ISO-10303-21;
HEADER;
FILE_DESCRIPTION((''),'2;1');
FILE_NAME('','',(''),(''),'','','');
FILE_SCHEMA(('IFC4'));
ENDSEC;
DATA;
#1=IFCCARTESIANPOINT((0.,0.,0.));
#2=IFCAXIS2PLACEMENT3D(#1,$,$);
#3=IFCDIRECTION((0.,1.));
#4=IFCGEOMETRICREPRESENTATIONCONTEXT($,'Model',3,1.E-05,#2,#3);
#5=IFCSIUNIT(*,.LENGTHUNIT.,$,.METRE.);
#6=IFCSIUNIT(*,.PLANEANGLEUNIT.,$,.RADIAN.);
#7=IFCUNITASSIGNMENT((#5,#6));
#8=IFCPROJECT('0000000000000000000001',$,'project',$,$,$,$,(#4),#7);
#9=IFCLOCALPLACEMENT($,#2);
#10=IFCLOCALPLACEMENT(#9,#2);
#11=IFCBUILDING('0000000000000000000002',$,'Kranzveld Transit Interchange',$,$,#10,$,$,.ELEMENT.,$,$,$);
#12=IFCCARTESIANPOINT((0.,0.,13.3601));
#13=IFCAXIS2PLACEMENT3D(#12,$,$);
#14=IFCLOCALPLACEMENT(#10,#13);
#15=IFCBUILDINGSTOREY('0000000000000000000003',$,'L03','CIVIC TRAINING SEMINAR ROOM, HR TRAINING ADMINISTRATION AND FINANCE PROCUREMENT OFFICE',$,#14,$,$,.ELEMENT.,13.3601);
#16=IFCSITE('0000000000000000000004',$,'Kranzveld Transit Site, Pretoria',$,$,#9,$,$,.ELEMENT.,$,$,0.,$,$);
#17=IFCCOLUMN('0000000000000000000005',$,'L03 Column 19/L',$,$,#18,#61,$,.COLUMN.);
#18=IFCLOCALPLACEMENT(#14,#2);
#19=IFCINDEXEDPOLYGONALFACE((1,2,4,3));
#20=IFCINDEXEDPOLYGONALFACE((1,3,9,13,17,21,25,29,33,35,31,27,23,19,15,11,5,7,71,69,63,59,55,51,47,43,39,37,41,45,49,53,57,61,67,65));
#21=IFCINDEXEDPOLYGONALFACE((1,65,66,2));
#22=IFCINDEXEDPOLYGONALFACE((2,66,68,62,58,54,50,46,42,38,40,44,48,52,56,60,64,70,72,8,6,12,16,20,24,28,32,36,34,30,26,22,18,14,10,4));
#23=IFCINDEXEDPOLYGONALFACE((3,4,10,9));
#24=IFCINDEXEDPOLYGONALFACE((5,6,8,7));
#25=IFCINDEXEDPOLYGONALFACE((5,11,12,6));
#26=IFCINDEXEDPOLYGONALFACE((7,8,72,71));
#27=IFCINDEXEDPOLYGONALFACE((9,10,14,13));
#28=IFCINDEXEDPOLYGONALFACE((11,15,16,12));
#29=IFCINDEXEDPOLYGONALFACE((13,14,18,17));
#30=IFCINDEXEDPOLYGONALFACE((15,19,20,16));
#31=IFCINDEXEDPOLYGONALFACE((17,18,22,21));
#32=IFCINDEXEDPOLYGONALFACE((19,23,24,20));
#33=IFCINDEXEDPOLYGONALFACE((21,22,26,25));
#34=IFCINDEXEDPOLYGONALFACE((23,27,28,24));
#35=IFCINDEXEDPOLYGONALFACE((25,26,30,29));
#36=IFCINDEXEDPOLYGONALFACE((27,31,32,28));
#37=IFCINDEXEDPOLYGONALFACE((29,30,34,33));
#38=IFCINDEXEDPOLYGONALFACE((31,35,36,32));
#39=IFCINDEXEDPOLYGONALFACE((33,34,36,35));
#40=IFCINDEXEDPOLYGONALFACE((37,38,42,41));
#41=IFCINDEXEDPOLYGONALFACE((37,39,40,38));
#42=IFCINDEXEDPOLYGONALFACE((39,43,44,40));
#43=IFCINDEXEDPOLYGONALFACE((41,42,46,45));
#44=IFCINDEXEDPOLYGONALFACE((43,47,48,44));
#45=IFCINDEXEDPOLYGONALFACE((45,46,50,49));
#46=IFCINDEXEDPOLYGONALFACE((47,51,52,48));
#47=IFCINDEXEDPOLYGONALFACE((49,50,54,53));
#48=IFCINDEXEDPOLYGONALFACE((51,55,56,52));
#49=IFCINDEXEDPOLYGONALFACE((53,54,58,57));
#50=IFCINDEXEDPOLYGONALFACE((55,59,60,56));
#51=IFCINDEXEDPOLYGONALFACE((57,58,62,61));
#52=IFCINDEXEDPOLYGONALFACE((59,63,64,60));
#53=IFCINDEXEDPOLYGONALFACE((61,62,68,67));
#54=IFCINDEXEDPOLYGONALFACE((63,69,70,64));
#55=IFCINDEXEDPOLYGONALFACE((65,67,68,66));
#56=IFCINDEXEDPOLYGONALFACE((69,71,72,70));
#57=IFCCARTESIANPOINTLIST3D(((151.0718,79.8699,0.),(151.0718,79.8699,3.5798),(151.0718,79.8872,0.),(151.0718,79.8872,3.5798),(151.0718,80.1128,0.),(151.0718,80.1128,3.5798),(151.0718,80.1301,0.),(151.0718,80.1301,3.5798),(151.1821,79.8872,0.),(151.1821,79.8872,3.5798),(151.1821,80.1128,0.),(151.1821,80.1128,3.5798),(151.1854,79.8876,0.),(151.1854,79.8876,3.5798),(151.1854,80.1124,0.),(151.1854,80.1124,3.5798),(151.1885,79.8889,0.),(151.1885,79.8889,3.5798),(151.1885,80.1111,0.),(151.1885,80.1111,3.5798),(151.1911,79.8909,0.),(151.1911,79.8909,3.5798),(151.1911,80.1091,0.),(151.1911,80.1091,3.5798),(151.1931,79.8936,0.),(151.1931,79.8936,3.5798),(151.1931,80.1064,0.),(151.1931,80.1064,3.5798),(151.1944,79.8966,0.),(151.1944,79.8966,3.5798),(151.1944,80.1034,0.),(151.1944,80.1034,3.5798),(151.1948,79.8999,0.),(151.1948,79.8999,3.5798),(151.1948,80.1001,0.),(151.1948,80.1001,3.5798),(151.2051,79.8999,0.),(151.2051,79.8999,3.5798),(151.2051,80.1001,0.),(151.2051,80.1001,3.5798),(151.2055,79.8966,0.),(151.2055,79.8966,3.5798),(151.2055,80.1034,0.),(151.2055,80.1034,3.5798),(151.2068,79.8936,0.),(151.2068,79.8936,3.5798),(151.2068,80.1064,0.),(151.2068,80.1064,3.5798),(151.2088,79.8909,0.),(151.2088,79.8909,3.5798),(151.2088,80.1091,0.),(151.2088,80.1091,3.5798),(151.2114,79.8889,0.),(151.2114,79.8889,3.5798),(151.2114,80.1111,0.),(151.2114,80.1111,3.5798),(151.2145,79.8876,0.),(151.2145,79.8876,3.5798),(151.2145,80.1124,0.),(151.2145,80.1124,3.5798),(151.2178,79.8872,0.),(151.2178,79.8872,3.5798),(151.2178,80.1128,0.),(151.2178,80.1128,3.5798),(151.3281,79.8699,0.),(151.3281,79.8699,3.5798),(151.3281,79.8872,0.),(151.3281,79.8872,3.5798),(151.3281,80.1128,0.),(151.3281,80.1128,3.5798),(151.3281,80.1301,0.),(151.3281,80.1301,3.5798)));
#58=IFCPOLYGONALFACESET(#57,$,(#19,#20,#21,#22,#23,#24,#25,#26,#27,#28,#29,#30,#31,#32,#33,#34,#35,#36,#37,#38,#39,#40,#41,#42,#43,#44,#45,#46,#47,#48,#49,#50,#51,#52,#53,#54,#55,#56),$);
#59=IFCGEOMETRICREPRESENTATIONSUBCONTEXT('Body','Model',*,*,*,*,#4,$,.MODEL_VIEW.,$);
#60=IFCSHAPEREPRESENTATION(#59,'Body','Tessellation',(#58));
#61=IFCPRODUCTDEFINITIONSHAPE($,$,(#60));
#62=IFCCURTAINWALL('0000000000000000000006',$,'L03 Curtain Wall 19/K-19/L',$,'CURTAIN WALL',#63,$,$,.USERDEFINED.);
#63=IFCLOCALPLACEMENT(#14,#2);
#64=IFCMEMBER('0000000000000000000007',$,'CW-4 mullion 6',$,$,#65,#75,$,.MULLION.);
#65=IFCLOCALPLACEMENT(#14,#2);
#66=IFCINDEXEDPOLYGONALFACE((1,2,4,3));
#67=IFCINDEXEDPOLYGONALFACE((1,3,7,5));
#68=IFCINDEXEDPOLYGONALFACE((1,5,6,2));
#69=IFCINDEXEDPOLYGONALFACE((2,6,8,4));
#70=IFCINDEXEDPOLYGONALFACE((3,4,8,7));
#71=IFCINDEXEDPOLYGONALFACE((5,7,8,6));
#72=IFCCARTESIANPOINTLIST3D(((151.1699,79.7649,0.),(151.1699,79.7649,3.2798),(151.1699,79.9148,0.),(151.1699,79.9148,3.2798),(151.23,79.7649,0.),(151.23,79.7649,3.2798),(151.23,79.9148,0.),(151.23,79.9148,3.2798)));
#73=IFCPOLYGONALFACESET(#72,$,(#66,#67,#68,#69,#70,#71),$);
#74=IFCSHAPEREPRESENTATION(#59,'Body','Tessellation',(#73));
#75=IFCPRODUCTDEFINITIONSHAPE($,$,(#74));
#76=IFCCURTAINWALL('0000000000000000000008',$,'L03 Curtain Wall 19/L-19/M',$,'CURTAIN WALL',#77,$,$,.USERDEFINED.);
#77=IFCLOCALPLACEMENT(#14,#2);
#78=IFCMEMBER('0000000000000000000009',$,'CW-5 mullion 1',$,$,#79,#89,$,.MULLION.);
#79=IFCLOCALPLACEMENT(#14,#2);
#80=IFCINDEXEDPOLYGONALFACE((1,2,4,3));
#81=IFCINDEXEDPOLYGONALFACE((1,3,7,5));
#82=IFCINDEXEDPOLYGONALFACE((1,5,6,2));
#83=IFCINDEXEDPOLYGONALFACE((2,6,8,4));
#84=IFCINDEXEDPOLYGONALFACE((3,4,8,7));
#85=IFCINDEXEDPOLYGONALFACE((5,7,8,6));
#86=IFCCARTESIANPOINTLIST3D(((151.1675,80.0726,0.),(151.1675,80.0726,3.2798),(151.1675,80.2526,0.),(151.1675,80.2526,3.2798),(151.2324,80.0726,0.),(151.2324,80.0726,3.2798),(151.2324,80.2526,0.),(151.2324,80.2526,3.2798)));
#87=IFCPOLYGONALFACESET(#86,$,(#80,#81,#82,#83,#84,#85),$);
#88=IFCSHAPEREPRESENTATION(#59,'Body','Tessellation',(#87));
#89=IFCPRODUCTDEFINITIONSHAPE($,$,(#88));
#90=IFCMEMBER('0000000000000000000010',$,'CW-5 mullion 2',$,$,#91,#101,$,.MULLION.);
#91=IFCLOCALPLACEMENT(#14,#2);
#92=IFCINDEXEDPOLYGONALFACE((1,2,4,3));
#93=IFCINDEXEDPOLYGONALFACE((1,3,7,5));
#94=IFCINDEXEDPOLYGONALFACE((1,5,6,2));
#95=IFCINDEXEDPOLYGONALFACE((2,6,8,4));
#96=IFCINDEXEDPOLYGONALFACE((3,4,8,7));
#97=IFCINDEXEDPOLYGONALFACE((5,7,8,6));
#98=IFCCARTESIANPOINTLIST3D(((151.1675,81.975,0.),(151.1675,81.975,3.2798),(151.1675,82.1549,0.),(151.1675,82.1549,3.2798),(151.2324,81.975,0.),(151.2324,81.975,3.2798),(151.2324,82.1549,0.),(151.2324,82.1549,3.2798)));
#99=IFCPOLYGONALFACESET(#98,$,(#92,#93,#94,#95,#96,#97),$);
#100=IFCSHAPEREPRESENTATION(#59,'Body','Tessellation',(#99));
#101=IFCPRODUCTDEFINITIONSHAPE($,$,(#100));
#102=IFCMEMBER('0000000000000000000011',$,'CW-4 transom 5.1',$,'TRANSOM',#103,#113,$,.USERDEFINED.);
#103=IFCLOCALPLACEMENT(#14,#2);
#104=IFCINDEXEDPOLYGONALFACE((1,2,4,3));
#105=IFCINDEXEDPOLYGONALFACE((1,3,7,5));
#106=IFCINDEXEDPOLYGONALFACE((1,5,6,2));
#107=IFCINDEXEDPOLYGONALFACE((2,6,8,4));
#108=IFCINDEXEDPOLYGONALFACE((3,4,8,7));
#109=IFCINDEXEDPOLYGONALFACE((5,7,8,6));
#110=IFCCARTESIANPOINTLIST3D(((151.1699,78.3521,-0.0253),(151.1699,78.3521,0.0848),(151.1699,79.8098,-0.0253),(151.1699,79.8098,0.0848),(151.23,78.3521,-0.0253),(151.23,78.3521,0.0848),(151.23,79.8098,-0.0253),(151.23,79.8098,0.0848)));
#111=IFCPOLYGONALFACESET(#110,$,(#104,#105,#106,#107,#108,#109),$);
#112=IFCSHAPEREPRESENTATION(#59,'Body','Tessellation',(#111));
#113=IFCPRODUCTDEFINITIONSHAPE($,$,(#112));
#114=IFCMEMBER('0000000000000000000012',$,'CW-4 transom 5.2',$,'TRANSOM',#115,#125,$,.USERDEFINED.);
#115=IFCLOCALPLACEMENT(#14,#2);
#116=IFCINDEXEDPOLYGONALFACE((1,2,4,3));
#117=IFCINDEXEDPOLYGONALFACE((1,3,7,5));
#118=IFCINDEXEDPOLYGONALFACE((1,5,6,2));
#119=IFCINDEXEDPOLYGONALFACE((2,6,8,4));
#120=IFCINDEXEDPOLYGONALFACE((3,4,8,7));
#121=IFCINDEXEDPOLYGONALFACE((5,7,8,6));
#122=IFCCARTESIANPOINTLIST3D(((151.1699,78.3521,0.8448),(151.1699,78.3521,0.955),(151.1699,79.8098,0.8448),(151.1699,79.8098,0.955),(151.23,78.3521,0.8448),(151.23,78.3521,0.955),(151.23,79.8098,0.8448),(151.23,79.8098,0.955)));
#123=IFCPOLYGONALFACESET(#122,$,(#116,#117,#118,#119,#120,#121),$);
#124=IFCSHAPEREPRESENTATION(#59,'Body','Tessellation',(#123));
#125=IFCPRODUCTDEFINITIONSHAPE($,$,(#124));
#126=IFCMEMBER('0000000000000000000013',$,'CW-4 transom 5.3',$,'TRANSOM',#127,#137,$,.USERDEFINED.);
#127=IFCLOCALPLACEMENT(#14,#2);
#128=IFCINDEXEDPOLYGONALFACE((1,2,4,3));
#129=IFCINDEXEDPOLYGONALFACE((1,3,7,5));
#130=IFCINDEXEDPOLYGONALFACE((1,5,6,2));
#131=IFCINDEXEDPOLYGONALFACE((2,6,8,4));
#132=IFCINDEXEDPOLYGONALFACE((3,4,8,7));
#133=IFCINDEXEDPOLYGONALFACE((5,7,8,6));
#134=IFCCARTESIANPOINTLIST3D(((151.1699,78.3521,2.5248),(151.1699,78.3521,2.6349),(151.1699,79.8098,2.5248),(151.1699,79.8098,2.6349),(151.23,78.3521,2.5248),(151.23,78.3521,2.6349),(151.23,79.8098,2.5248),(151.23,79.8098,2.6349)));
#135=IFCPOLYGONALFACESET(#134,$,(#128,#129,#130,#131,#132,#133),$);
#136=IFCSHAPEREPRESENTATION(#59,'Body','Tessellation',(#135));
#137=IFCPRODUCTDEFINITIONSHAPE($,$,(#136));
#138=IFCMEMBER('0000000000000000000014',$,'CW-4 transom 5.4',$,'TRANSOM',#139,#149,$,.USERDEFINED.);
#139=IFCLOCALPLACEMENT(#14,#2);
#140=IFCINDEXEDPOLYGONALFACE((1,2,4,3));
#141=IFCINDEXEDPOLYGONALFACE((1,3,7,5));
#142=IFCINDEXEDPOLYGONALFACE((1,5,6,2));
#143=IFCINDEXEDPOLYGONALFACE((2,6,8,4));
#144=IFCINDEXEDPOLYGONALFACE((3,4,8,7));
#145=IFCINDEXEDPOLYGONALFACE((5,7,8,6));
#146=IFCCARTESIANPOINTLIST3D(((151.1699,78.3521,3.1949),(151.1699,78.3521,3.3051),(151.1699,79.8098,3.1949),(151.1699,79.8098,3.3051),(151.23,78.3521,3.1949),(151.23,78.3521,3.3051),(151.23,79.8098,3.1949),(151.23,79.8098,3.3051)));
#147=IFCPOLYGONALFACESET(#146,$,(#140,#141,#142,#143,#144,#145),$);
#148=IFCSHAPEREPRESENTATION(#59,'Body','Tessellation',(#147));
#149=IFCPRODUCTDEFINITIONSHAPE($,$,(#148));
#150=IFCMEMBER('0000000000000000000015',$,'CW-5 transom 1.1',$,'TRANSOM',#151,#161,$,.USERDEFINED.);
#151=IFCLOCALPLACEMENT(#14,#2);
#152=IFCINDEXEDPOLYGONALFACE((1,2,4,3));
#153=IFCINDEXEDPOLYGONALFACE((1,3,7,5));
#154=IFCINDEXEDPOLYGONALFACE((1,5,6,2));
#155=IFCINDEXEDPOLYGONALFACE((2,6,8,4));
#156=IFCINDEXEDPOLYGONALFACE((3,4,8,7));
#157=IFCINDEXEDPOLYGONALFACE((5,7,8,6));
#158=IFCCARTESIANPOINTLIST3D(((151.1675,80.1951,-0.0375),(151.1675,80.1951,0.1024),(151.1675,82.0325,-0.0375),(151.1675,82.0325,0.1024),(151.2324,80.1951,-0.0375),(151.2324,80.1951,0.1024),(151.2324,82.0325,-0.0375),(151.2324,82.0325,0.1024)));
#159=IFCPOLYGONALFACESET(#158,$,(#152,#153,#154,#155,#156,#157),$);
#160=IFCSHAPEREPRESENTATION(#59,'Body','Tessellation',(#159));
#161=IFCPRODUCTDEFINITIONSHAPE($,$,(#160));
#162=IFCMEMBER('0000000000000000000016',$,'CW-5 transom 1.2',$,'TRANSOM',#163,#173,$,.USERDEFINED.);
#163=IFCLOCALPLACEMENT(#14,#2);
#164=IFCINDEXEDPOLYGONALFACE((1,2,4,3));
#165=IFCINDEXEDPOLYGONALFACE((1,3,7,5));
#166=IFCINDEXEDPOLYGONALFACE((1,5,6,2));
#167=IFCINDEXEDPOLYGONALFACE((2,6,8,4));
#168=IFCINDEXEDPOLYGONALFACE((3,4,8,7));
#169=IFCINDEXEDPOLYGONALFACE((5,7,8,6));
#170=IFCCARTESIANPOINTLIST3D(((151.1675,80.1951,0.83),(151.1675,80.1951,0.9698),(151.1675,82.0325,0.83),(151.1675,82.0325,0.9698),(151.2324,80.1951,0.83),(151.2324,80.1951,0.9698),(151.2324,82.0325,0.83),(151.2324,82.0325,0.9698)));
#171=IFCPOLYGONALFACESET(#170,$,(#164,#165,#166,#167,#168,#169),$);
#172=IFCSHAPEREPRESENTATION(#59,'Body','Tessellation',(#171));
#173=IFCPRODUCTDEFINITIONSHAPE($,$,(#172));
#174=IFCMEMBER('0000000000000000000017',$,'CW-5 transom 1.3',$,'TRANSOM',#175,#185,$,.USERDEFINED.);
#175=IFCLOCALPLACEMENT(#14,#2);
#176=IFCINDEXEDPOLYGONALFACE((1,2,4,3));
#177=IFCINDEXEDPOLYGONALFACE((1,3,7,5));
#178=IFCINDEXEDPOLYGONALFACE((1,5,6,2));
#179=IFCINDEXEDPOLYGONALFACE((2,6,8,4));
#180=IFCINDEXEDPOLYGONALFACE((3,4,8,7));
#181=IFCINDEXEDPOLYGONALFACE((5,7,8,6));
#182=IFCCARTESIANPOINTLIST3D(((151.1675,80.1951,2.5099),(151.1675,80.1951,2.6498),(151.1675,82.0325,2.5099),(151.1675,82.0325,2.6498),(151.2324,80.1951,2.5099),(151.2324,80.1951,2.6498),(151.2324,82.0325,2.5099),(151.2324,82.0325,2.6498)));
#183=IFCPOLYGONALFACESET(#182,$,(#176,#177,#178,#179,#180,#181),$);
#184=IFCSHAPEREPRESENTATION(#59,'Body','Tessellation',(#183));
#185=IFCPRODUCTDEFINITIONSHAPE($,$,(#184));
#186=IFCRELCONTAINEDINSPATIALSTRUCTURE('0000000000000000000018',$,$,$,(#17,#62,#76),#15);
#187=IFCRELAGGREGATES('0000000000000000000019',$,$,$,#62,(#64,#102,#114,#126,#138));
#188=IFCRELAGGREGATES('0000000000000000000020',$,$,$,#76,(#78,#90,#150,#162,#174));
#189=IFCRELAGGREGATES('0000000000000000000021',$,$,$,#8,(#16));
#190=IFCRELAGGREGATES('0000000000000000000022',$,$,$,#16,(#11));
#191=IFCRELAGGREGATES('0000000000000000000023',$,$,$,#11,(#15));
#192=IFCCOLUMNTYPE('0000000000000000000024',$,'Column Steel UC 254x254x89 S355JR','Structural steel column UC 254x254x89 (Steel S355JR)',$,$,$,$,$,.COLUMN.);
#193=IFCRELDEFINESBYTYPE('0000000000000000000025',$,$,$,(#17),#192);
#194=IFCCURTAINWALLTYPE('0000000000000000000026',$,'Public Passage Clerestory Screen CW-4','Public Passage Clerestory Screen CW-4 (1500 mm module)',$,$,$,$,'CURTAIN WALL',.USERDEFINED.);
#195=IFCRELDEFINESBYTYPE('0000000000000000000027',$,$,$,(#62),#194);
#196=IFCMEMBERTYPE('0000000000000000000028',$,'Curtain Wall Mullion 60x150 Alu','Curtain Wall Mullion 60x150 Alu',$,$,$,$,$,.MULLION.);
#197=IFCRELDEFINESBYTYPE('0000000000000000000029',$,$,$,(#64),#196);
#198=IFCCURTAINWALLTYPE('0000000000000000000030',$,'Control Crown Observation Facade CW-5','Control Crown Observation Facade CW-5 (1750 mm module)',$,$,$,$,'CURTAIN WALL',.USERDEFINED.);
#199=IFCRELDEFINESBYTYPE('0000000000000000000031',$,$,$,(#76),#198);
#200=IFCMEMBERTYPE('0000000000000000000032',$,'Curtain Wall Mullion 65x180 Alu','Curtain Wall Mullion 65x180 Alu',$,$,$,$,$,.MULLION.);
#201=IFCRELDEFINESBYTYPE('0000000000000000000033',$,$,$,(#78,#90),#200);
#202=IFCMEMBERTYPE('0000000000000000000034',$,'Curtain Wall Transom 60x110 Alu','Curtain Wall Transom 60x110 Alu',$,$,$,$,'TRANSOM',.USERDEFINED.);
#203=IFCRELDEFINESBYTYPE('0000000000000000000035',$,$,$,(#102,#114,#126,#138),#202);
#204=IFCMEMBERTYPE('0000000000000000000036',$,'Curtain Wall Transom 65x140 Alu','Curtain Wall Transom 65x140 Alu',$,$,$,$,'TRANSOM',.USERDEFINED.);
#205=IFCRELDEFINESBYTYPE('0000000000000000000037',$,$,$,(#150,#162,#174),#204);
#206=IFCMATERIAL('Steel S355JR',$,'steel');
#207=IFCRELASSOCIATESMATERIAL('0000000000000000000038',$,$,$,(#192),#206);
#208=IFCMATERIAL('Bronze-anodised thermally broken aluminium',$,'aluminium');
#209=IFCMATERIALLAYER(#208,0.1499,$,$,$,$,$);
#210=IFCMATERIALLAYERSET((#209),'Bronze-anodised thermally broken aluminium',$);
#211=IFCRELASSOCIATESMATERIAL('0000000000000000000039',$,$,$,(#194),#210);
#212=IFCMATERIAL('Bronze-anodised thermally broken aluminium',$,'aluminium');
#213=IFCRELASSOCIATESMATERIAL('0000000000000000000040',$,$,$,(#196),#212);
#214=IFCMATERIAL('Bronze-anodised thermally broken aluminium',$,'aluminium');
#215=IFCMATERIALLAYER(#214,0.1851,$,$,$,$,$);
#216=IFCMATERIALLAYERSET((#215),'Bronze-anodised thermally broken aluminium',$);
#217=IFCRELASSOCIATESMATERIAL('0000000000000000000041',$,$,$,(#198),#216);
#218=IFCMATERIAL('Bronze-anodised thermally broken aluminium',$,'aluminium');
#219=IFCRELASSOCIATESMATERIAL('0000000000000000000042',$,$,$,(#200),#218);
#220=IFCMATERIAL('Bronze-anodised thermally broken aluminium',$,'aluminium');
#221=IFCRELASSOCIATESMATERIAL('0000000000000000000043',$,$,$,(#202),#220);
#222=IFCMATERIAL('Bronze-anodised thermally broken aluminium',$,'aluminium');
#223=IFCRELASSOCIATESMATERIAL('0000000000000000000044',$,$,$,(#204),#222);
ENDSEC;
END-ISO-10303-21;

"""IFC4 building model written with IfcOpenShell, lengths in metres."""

from ifc_helpers import new_model, si_unit, direction, frame, origin, origin_2d, place, context, subcontext, project, spatial, rectangle, i_section, extrude, material, layer, layer_set, material_profile, profile_set, type_object, element, aggregate, save


model = new_model("IFC4")

# Units and contexts
model_context = context("Model", 3, precision=1e-05, world=origin(), true_north=direction((0.0, 1.0)))
body_context = subcontext(model_context, "Body", "Model", "MODEL_VIEW")
ifc_project = project(units=[si_unit("LENGTHUNIT", "METRE"), si_unit("PLANEANGLEUNIT", "RADIAN")], contexts=[model_context])

# Site, building, storey
site_placement = place(None, origin())
site = spatial("IfcSite", under=ifc_project, at=site_placement, Name="Kranzveld Transit Site, Pretoria", CompositionType="ELEMENT", RefElevation=0.0)
building_placement = place(site_placement, origin())
building = spatial("IfcBuilding", under=site, at=building_placement, Name="Kranzveld Transit Interchange", CompositionType="ELEMENT")
storey_placement = place(building_placement, frame((0.0, 0.0, 13.3601)))
storey = spatial("IfcBuildingStorey", under=building, at=storey_placement, Name="L03", Description="CIVIC TRAINING SEMINAR ROOM, HR TRAINING ADMINISTRATION AND FINANCE PROCUREMENT OFFICE", CompositionType="ELEMENT", Elevation=13.3601)

# Column
ifc_material_1 = material(Name="Steel S355JR", Category="steel")
ifc_material_profile_1 = material_profile(ifc_material_1, i_section(OverallWidth=0.2563, OverallDepth=0.2603, WebThickness=0.0103, FlangeThickness=0.0173, FilletRadius=0.0127, at=origin_2d()), Name="UC 254x254x89")
ifc_profile_set_1 = profile_set([ifc_material_profile_1], Name="Steel S355JR")
column_type = type_object("IfcColumnType", Name="Column Steel UC 254x254x89 S355JR", Description="Structural steel column UC 254x254x89 (Steel S355JR)", PredefinedType="COLUMN", material=ifc_profile_set_1)
column_placement = place(storey_placement, frame((151.2, 80.0, 0.0), z_axis=(0.0, 0.0, 1.0), x_axis=(1.0, 0.0, 0.0)))
element("IfcColumn", 1, at=column_placement, inside=storey, type_object=column_type, Name="L03 Column 19/L", PredefinedType="COLUMN", context=body_context, shape_type="SweptSolid", body=[
    extrude(i_section(OverallWidth=0.2563, OverallDepth=0.2603, WebThickness=0.0103, FlangeThickness=0.0173, FilletRadius=0.0127, at=origin_2d()), origin(), (0.0, 0.0, 1.0), 3.5798),
])

# Curtain wall, member
ifc_material_2 = material(Name="Bronze-anodised thermally broken aluminium", Category="aluminium")
ifc_layer_1 = layer(ifc_material_2, 0.1499)
ifc_layer_set_1 = layer_set([ifc_layer_1], Name="Bronze-anodised thermally broken aluminium")
curtain_wall_type_1 = type_object("IfcCurtainWallType", Name="Public Passage Clerestory Screen CW-4", Description="Public Passage Clerestory Screen CW-4 (1500 mm module)", ElementType="CURTAIN WALL", PredefinedType="USERDEFINED", material=ifc_layer_set_1)
curtain_wall_1_placement = place(storey_placement, origin())
curtain_wall_1 = element("IfcCurtainWall", 2, at=curtain_wall_1_placement, inside=storey, type_object=curtain_wall_type_1, Name="L03 Curtain Wall 19/K-19/L", ObjectType="CURTAIN WALL", PredefinedType="USERDEFINED")
ifc_material_3 = material(Name="Bronze-anodised thermally broken aluminium", Category="aluminium")
ifc_material_profile_2 = material_profile(ifc_material_3, rectangle(XDim=0.0601, YDim=0.1499, at=origin_2d()), Name="ALU MULLION 60x150")
ifc_profile_set_2 = profile_set([ifc_material_profile_2], Name="Bronze-anodised thermally broken aluminium")
member_type_1 = type_object("IfcMemberType", Name="Curtain Wall Mullion 60x150 Alu", Description="Curtain Wall Mullion 60x150 Alu", PredefinedType="MULLION", material=ifc_profile_set_2)
member_1_placement = place(storey_placement, frame((151.2, 79.8398, 0.0), z_axis=(0.0, 0.0, 1.0), x_axis=(-1.0, 0.0, 0.0)))
member_1 = element("IfcMember", 3, at=member_1_placement, type_object=member_type_1, Name="CW-4 mullion 6", PredefinedType="MULLION", context=body_context, shape_type="SweptSolid", body=[
    extrude(rectangle(XDim=0.0601, YDim=0.1499, at=origin_2d()), origin(), (0.0, 0.0, 1.0), 3.2798),
])

# Curtain wall, members
ifc_material_4 = material(Name="Bronze-anodised thermally broken aluminium", Category="aluminium")
ifc_layer_2 = layer(ifc_material_4, 0.1851)
ifc_layer_set_2 = layer_set([ifc_layer_2], Name="Bronze-anodised thermally broken aluminium")
curtain_wall_type_2 = type_object("IfcCurtainWallType", Name="Control Crown Observation Facade CW-5", Description="Control Crown Observation Facade CW-5 (1750 mm module)", ElementType="CURTAIN WALL", PredefinedType="USERDEFINED", material=ifc_layer_set_2)
curtain_wall_2_placement = place(storey_placement, origin())
curtain_wall_2 = element("IfcCurtainWall", 4, at=curtain_wall_2_placement, inside=storey, type_object=curtain_wall_type_2, Name="L03 Curtain Wall 19/L-19/M", ObjectType="CURTAIN WALL", PredefinedType="USERDEFINED")
ifc_material_5 = material(Name="Bronze-anodised thermally broken aluminium", Category="aluminium")
ifc_material_profile_3 = material_profile(ifc_material_5, rectangle(XDim=0.0649, YDim=0.1799, at=origin_2d()), Name="ALU MULLION 65x180")
ifc_profile_set_3 = profile_set([ifc_material_profile_3], Name="Bronze-anodised thermally broken aluminium")
member_type_2 = type_object("IfcMemberType", Name="Curtain Wall Mullion 65x180 Alu", Description="Curtain Wall Mullion 65x180 Alu", PredefinedType="MULLION", material=ifc_profile_set_3)
member_2_placement = place(storey_placement, frame((151.2, 80.1626, 0.0), z_axis=(0.0, 0.0, 1.0), x_axis=(-1.0, 0.0, 0.0)))
member_2 = element("IfcMember", 5, at=member_2_placement, type_object=member_type_2, Name="CW-5 mullion 1", PredefinedType="MULLION", context=body_context, shape_type="SweptSolid", body=[
    extrude(rectangle(XDim=0.0649, YDim=0.1799, at=origin_2d()), origin(), (0.0, 0.0, 1.0), 3.2798),
])
member_3_placement = place(storey_placement, frame((151.2, 82.0649, 0.0), z_axis=(0.0, 0.0, 1.0), x_axis=(-1.0, 0.0, 0.0)))
member_3 = element("IfcMember", 6, at=member_3_placement, type_object=member_type_2, Name="CW-5 mullion 2", PredefinedType="MULLION", context=body_context, shape_type="SweptSolid", body=[
    extrude(rectangle(XDim=0.0649, YDim=0.1799, at=origin_2d()), origin(), (0.0, 0.0, 1.0), 3.2798),
])

# Members
ifc_material_6 = material(Name="Bronze-anodised thermally broken aluminium", Category="aluminium")
ifc_material_profile_4 = material_profile(ifc_material_6, rectangle(XDim=0.0601, YDim=0.1101, at=origin_2d()), Name="ALU TRANSOM 60x110")
ifc_profile_set_4 = profile_set([ifc_material_profile_4], Name="Bronze-anodised thermally broken aluminium")
member_type_3 = type_object("IfcMemberType", Name="Curtain Wall Transom 60x110 Alu", Description="Curtain Wall Transom 60x110 Alu", ElementType="TRANSOM", PredefinedType="USERDEFINED", material=ifc_profile_set_4)
member_4_placement = place(storey_placement, frame((151.2, 78.3521, 0.0298), z_axis=(0.0, 1.0, 0.0), x_axis=(-1.0, 0.0, 0.0)))
member_4 = element("IfcMember", 7, at=member_4_placement, type_object=member_type_3, Name="CW-4 transom 5.1", ObjectType="TRANSOM", PredefinedType="USERDEFINED", context=body_context, shape_type="SweptSolid", body=[
    extrude(rectangle(XDim=0.0601, YDim=0.1101, at=origin_2d()), origin(), (0.0, 0.0, 1.0), 1.4578),
])
member_5_placement = place(storey_placement, frame((151.2, 78.3521, 0.8999), z_axis=(0.0, 1.0, 0.0), x_axis=(-1.0, 0.0, 0.0)))
member_5 = element("IfcMember", 8, at=member_5_placement, type_object=member_type_3, Name="CW-4 transom 5.2", ObjectType="TRANSOM", PredefinedType="USERDEFINED", context=body_context, shape_type="SweptSolid", body=[
    extrude(rectangle(XDim=0.0601, YDim=0.1101, at=origin_2d()), origin(), (0.0, 0.0, 1.0), 1.4578),
])
member_6_placement = place(storey_placement, frame((151.2, 78.3521, 2.5798), z_axis=(0.0, 1.0, 0.0), x_axis=(-1.0, 0.0, 0.0)))
member_6 = element("IfcMember", 9, at=member_6_placement, type_object=member_type_3, Name="CW-4 transom 5.3", ObjectType="TRANSOM", PredefinedType="USERDEFINED", context=body_context, shape_type="SweptSolid", body=[
    extrude(rectangle(XDim=0.0601, YDim=0.1101, at=origin_2d()), origin(), (0.0, 0.0, 1.0), 1.4578),
])
member_7_placement = place(storey_placement, frame((151.2, 78.3521, 3.25), z_axis=(0.0, 1.0, 0.0), x_axis=(-1.0, 0.0, 0.0)))
member_7 = element("IfcMember", 10, at=member_7_placement, type_object=member_type_3, Name="CW-4 transom 5.4", ObjectType="TRANSOM", PredefinedType="USERDEFINED", context=body_context, shape_type="SweptSolid", body=[
    extrude(rectangle(XDim=0.0601, YDim=0.1101, at=origin_2d()), origin(), (0.0, 0.0, 1.0), 1.4578),
])
ifc_material_7 = material(Name="Bronze-anodised thermally broken aluminium", Category="aluminium")
ifc_material_profile_5 = material_profile(ifc_material_7, rectangle(XDim=0.0649, YDim=0.1399, at=origin_2d()), Name="ALU TRANSOM 65x140")
ifc_profile_set_5 = profile_set([ifc_material_profile_5], Name="Bronze-anodised thermally broken aluminium")
member_type_4 = type_object("IfcMemberType", Name="Curtain Wall Transom 65x140 Alu", Description="Curtain Wall Transom 65x140 Alu", ElementType="TRANSOM", PredefinedType="USERDEFINED", material=ifc_profile_set_5)
member_8_placement = place(storey_placement, frame((151.2, 80.1951, 0.0325), z_axis=(0.0, 1.0, 0.0), x_axis=(-1.0, 0.0, 0.0)))
member_8 = element("IfcMember", 11, at=member_8_placement, type_object=member_type_4, Name="CW-5 transom 1.1", ObjectType="TRANSOM", PredefinedType="USERDEFINED", context=body_context, shape_type="SweptSolid", body=[
    extrude(rectangle(XDim=0.0649, YDim=0.1399, at=origin_2d()), origin(), (0.0, 0.0, 1.0), 1.8374),
])
member_9_placement = place(storey_placement, frame((151.2, 80.1951, 0.8999), z_axis=(0.0, 1.0, 0.0), x_axis=(-1.0, 0.0, 0.0)))
member_9 = element("IfcMember", 12, at=member_9_placement, type_object=member_type_4, Name="CW-5 transom 1.2", ObjectType="TRANSOM", PredefinedType="USERDEFINED", context=body_context, shape_type="SweptSolid", body=[
    extrude(rectangle(XDim=0.0649, YDim=0.1399, at=origin_2d()), origin(), (0.0, 0.0, 1.0), 1.8374),
])
member_10_placement = place(storey_placement, frame((151.2, 80.1951, 2.5798), z_axis=(0.0, 1.0, 0.0), x_axis=(-1.0, 0.0, 0.0)))
member_10 = element("IfcMember", 13, at=member_10_placement, type_object=member_type_4, Name="CW-5 transom 1.3", ObjectType="TRANSOM", PredefinedType="USERDEFINED", context=body_context, shape_type="SweptSolid", body=[
    extrude(rectangle(XDim=0.0649, YDim=0.1399, at=origin_2d()), origin(), (0.0, 0.0, 1.0), 1.8374),
])

aggregate(curtain_wall_1, [member_1, member_4, member_5, member_6, member_7])
aggregate(curtain_wall_2, [member_2, member_3, member_8, member_9, member_10])

save(model, "model.ifc")
